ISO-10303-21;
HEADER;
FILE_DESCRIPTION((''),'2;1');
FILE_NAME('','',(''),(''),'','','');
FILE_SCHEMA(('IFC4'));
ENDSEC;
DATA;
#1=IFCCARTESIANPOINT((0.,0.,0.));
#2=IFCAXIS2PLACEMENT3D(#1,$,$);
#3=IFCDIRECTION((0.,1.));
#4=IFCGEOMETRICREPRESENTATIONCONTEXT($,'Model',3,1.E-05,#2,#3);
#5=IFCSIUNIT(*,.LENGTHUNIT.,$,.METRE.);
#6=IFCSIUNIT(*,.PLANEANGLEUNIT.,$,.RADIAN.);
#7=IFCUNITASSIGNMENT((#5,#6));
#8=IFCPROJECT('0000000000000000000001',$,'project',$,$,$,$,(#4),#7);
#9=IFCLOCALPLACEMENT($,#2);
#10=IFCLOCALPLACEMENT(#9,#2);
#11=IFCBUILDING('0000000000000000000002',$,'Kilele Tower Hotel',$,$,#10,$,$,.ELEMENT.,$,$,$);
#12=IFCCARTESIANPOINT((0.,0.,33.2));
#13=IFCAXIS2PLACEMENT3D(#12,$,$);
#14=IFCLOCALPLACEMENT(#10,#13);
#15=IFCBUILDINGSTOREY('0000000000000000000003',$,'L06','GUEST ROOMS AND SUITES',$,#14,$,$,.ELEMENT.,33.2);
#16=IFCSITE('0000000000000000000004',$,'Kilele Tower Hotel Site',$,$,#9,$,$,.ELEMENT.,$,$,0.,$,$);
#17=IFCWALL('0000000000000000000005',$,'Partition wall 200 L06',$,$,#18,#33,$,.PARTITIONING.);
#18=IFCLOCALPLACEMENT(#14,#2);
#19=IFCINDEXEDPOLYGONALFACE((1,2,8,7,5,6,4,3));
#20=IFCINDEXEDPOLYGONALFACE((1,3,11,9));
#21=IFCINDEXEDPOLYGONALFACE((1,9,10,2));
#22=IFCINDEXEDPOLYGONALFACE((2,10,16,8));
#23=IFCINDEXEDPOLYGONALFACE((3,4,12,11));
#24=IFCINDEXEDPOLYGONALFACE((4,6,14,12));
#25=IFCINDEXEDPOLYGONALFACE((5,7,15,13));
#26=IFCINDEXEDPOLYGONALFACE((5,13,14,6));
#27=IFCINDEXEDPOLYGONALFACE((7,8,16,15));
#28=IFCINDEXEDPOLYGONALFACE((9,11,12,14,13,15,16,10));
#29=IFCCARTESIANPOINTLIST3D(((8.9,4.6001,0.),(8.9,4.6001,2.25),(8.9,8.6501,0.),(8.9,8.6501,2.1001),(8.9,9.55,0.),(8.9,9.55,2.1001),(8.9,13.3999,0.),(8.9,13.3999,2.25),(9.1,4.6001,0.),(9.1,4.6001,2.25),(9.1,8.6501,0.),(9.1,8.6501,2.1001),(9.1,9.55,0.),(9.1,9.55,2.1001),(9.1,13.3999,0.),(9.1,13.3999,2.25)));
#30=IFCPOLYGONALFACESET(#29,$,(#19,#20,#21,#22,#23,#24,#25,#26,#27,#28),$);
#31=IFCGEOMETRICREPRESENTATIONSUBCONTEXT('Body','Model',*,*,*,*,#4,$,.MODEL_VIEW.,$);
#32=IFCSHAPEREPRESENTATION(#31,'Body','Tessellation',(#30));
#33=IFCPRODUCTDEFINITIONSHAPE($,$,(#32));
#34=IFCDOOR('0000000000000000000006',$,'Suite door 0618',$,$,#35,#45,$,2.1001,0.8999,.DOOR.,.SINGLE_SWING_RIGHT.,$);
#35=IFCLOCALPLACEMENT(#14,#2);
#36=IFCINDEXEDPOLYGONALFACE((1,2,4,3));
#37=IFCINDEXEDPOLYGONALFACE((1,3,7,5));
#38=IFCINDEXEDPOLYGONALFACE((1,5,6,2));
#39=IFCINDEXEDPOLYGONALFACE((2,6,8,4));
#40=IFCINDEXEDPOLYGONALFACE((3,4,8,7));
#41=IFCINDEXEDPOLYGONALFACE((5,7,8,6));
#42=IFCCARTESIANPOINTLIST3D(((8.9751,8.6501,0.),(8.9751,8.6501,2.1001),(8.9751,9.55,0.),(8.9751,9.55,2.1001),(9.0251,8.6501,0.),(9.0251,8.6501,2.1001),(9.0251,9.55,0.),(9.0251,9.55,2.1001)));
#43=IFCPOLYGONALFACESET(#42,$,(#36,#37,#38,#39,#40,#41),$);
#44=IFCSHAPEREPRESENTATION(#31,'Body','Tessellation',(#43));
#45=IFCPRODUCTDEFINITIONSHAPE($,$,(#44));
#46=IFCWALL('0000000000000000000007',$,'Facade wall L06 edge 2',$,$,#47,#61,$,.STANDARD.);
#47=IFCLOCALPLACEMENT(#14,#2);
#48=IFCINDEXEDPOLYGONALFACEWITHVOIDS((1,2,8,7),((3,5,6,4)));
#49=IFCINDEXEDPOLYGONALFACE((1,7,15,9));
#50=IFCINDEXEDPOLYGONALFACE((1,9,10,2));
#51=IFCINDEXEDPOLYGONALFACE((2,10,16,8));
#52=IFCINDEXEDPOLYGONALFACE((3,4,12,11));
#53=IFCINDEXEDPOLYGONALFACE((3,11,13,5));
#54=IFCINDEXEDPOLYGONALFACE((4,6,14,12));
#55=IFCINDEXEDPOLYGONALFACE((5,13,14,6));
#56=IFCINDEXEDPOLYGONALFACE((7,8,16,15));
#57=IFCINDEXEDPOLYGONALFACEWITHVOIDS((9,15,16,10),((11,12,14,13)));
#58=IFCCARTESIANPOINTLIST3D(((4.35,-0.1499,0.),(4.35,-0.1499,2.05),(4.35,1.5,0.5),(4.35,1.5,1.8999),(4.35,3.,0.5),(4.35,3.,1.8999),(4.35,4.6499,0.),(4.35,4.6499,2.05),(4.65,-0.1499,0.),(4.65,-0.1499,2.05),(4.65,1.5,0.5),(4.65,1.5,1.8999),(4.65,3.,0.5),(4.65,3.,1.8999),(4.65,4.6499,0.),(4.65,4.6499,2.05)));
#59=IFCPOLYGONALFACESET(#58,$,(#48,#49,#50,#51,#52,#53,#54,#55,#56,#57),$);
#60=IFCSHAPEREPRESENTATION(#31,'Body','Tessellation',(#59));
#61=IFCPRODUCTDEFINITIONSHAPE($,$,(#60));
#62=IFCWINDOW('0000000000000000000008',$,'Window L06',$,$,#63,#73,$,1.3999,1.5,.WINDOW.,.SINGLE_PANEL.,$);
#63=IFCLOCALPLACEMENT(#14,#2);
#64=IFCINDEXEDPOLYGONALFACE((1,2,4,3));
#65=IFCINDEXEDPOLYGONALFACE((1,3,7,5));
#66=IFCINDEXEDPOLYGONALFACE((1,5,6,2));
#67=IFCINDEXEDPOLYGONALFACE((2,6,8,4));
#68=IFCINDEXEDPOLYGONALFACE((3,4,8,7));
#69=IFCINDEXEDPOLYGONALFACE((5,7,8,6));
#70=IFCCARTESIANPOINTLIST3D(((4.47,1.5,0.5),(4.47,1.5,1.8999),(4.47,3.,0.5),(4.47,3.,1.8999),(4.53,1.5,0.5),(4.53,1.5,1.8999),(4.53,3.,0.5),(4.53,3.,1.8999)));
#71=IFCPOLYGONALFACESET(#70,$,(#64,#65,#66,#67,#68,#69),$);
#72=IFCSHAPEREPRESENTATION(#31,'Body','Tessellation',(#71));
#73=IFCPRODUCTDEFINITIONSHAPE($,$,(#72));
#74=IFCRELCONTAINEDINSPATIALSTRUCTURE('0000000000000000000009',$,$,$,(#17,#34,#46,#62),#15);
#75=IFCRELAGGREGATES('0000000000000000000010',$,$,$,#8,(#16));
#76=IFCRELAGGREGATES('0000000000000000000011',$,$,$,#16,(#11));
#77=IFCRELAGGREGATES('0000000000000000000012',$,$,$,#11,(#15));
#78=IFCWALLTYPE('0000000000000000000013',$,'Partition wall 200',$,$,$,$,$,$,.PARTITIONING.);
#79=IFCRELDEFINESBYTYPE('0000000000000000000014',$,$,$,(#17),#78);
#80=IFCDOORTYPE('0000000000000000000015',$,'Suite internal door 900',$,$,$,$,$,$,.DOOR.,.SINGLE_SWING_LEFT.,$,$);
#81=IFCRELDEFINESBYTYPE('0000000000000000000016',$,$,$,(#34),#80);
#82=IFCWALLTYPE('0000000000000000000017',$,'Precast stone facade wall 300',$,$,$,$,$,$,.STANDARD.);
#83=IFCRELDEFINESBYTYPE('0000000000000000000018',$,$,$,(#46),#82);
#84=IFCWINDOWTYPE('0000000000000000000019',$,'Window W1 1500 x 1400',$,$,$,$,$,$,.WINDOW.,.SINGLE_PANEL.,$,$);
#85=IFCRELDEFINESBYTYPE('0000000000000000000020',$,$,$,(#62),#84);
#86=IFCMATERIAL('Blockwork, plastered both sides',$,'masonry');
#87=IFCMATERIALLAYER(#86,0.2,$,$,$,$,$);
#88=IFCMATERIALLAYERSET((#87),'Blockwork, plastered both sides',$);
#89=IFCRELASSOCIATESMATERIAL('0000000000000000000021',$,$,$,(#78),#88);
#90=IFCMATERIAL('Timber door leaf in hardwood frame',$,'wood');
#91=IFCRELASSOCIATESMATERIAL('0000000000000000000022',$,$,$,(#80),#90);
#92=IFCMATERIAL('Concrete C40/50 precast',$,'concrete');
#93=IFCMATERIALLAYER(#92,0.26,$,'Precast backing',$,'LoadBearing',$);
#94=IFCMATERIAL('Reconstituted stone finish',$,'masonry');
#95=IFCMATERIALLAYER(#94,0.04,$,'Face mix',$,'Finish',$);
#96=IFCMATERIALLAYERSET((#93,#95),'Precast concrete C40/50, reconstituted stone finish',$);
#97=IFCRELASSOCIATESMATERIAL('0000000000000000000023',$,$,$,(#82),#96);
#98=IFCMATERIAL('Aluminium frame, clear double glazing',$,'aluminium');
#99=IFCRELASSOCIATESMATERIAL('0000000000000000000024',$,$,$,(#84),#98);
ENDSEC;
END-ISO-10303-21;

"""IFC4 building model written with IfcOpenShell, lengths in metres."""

from ifc_helpers import new_model, si_unit, direction, frame, frame_2d, origin, place, context, subcontext, project, spatial, rectangle, extrude, material, layer, layer_set, type_object, element, fill, save


model = new_model("IFC4")

# Units and contexts
model_context = context("Model", 3, precision=1e-05, world=origin(), true_north=direction((0.0, 1.0)))
body_context = subcontext(model_context, "Body", "Model", "MODEL_VIEW")
ifc_project = project(units=[si_unit("LENGTHUNIT", "METRE"), si_unit("PLANEANGLEUNIT", "RADIAN")], contexts=[model_context])

# Site, building, storey
site_placement = place(None, origin())
site = spatial("IfcSite", under=ifc_project, at=site_placement, Name="Kilele Tower Hotel Site", CompositionType="ELEMENT", RefElevation=0.0)
building_placement = place(site_placement, origin())
building = spatial("IfcBuilding", under=site, at=building_placement, Name="Kilele Tower Hotel", CompositionType="ELEMENT")
storey_placement = place(building_placement, frame((0.0, 0.0, 33.2)))
storey = spatial("IfcBuildingStorey", under=building, at=storey_placement, Name="L06", Description="GUEST ROOMS AND SUITES", CompositionType="ELEMENT", Elevation=33.2)

# Wall, opening, door
ifc_material_1 = material(Name="Blockwork, plastered both sides", Category="masonry")
ifc_layer_1 = layer(ifc_material_1, 0.2)
ifc_layer_set_1 = layer_set([ifc_layer_1], Name="Blockwork, plastered both sides")
wall_type_1 = type_object("IfcWallType", Name="Partition wall 200", PredefinedType="PARTITIONING", material=ifc_layer_set_1)
wall_1_placement = place(storey_placement, frame((9.0, 4.6001, 0.0), z_axis=(0.0, 0.0, 1.0), x_axis=(0.0, 1.0, 0.0)))
wall_1 = element("IfcWall", 1, at=wall_1_placement, inside=storey, type_object=wall_type_1, Name="Partition wall 200 L06", PredefinedType="PARTITIONING", context=body_context, shape_type="SweptSolid", body=[
    extrude(rectangle(XDim=8.7998, YDim=0.2, at=frame_2d((4.3999, 0.0))), origin(), (0.0, 0.0, 1.0), 2.25),
])
opening_1_placement = place(wall_1_placement, frame((4.05, 0.0, 0.0)))
opening_1 = element("IfcOpeningElement", 2, at=opening_1_placement, cuts=wall_1, PredefinedType="OPENING", context=body_context, shape_type="SweptSolid", body=[
    extrude(rectangle(XDim=0.8999, YDim=2.1001, at=frame_2d((0.45, 1.05))), frame((0.0, 0.1099, 0.0), z_axis=(0.0, -1.0, 0.0), x_axis=(1.0, 0.0, 0.0)), (0.0, 0.0, 1.0), 0.22),
])
ifc_material_2 = material(Name="Timber door leaf in hardwood frame", Category="wood")
door_type = type_object("IfcDoorType", Name="Suite internal door 900", OperationType="SINGLE_SWING_LEFT", PredefinedType="DOOR", material=ifc_material_2)
door_placement = place(opening_1_placement, origin())
door = element("IfcDoor", 3, at=door_placement, inside=storey, type_object=door_type, Name="Suite door 0618", OperationType="SINGLE_SWING_RIGHT", OverallHeight=2.1001, OverallWidth=0.8999, PredefinedType="DOOR", context=body_context, shape_type="SweptSolid", body=[
    extrude(rectangle(XDim=0.8999, YDim=2.1001, at=frame_2d((0.45, 1.05))), frame((0.0, 0.0249, 0.0), z_axis=(0.0, -1.0, 0.0), x_axis=(1.0, 0.0, 0.0)), (0.0, 0.0, 1.0), 0.05),
])
fill(opening_1, door)

# Wall, opening, window
ifc_material_3 = material(Name="Concrete C40/50 precast", Category="concrete")
ifc_layer_2 = layer(ifc_material_3, 0.26, Name="Precast backing", Category="LoadBearing")
ifc_material_4 = material(Name="Reconstituted stone finish", Category="masonry")
ifc_layer_3 = layer(ifc_material_4, 0.04, Name="Face mix", Category="Finish")
ifc_layer_set_2 = layer_set([ifc_layer_2, ifc_layer_3], Name="Precast concrete C40/50, reconstituted stone finish")
wall_type_2 = type_object("IfcWallType", Name="Precast stone facade wall 300", PredefinedType="STANDARD", material=ifc_layer_set_2)
wall_2_placement = place(storey_placement, frame((4.5, 4.6499, 0.0), z_axis=(0.0, 0.0, 1.0), x_axis=(0.0, -1.0, 0.0)))
wall_2 = element("IfcWall", 4, at=wall_2_placement, inside=storey, type_object=wall_type_2, Name="Facade wall L06 edge 2", PredefinedType="STANDARD", context=body_context, shape_type="SweptSolid", body=[
    extrude(rectangle(XDim=4.7998, YDim=0.3, at=frame_2d((2.3999, 0.0))), origin(), (0.0, 0.0, 1.0), 2.05),
])
opening_2_placement = place(wall_2_placement, frame((1.6499, 0.0, 0.5)))
opening_2 = element("IfcOpeningElement", 5, at=opening_2_placement, cuts=wall_2, PredefinedType="OPENING", context=body_context, shape_type="SweptSolid", body=[
    extrude(rectangle(XDim=1.5, YDim=1.3999, at=frame_2d((0.75, 0.7))), frame((0.0, 0.1599, 0.0), z_axis=(0.0, -1.0, 0.0), x_axis=(1.0, 0.0, 0.0)), (0.0, 0.0, 1.0), 0.3201),
])
ifc_material_5 = material(Name="Aluminium frame, clear double glazing", Category="aluminium")
window_type = type_object("IfcWindowType", Name="Window W1 1500 x 1400", PartitioningType="SINGLE_PANEL", PredefinedType="WINDOW", material=ifc_material_5)
window_placement = place(opening_2_placement, origin())
window = element("IfcWindow", 6, at=window_placement, inside=storey, type_object=window_type, Name="Window L06", OverallHeight=1.3999, OverallWidth=1.5, PartitioningType="SINGLE_PANEL", PredefinedType="WINDOW", context=body_context, shape_type="SweptSolid", body=[
    extrude(rectangle(XDim=1.5, YDim=1.3999, at=frame_2d((0.75, 0.7))), frame((0.0, 0.03, 0.0), z_axis=(0.0, -1.0, 0.0), x_axis=(1.0, 0.0, 0.0)), (0.0, 0.0, 1.0), 0.0601),
])
fill(opening_2, window)

save(model, "model.ifc")
